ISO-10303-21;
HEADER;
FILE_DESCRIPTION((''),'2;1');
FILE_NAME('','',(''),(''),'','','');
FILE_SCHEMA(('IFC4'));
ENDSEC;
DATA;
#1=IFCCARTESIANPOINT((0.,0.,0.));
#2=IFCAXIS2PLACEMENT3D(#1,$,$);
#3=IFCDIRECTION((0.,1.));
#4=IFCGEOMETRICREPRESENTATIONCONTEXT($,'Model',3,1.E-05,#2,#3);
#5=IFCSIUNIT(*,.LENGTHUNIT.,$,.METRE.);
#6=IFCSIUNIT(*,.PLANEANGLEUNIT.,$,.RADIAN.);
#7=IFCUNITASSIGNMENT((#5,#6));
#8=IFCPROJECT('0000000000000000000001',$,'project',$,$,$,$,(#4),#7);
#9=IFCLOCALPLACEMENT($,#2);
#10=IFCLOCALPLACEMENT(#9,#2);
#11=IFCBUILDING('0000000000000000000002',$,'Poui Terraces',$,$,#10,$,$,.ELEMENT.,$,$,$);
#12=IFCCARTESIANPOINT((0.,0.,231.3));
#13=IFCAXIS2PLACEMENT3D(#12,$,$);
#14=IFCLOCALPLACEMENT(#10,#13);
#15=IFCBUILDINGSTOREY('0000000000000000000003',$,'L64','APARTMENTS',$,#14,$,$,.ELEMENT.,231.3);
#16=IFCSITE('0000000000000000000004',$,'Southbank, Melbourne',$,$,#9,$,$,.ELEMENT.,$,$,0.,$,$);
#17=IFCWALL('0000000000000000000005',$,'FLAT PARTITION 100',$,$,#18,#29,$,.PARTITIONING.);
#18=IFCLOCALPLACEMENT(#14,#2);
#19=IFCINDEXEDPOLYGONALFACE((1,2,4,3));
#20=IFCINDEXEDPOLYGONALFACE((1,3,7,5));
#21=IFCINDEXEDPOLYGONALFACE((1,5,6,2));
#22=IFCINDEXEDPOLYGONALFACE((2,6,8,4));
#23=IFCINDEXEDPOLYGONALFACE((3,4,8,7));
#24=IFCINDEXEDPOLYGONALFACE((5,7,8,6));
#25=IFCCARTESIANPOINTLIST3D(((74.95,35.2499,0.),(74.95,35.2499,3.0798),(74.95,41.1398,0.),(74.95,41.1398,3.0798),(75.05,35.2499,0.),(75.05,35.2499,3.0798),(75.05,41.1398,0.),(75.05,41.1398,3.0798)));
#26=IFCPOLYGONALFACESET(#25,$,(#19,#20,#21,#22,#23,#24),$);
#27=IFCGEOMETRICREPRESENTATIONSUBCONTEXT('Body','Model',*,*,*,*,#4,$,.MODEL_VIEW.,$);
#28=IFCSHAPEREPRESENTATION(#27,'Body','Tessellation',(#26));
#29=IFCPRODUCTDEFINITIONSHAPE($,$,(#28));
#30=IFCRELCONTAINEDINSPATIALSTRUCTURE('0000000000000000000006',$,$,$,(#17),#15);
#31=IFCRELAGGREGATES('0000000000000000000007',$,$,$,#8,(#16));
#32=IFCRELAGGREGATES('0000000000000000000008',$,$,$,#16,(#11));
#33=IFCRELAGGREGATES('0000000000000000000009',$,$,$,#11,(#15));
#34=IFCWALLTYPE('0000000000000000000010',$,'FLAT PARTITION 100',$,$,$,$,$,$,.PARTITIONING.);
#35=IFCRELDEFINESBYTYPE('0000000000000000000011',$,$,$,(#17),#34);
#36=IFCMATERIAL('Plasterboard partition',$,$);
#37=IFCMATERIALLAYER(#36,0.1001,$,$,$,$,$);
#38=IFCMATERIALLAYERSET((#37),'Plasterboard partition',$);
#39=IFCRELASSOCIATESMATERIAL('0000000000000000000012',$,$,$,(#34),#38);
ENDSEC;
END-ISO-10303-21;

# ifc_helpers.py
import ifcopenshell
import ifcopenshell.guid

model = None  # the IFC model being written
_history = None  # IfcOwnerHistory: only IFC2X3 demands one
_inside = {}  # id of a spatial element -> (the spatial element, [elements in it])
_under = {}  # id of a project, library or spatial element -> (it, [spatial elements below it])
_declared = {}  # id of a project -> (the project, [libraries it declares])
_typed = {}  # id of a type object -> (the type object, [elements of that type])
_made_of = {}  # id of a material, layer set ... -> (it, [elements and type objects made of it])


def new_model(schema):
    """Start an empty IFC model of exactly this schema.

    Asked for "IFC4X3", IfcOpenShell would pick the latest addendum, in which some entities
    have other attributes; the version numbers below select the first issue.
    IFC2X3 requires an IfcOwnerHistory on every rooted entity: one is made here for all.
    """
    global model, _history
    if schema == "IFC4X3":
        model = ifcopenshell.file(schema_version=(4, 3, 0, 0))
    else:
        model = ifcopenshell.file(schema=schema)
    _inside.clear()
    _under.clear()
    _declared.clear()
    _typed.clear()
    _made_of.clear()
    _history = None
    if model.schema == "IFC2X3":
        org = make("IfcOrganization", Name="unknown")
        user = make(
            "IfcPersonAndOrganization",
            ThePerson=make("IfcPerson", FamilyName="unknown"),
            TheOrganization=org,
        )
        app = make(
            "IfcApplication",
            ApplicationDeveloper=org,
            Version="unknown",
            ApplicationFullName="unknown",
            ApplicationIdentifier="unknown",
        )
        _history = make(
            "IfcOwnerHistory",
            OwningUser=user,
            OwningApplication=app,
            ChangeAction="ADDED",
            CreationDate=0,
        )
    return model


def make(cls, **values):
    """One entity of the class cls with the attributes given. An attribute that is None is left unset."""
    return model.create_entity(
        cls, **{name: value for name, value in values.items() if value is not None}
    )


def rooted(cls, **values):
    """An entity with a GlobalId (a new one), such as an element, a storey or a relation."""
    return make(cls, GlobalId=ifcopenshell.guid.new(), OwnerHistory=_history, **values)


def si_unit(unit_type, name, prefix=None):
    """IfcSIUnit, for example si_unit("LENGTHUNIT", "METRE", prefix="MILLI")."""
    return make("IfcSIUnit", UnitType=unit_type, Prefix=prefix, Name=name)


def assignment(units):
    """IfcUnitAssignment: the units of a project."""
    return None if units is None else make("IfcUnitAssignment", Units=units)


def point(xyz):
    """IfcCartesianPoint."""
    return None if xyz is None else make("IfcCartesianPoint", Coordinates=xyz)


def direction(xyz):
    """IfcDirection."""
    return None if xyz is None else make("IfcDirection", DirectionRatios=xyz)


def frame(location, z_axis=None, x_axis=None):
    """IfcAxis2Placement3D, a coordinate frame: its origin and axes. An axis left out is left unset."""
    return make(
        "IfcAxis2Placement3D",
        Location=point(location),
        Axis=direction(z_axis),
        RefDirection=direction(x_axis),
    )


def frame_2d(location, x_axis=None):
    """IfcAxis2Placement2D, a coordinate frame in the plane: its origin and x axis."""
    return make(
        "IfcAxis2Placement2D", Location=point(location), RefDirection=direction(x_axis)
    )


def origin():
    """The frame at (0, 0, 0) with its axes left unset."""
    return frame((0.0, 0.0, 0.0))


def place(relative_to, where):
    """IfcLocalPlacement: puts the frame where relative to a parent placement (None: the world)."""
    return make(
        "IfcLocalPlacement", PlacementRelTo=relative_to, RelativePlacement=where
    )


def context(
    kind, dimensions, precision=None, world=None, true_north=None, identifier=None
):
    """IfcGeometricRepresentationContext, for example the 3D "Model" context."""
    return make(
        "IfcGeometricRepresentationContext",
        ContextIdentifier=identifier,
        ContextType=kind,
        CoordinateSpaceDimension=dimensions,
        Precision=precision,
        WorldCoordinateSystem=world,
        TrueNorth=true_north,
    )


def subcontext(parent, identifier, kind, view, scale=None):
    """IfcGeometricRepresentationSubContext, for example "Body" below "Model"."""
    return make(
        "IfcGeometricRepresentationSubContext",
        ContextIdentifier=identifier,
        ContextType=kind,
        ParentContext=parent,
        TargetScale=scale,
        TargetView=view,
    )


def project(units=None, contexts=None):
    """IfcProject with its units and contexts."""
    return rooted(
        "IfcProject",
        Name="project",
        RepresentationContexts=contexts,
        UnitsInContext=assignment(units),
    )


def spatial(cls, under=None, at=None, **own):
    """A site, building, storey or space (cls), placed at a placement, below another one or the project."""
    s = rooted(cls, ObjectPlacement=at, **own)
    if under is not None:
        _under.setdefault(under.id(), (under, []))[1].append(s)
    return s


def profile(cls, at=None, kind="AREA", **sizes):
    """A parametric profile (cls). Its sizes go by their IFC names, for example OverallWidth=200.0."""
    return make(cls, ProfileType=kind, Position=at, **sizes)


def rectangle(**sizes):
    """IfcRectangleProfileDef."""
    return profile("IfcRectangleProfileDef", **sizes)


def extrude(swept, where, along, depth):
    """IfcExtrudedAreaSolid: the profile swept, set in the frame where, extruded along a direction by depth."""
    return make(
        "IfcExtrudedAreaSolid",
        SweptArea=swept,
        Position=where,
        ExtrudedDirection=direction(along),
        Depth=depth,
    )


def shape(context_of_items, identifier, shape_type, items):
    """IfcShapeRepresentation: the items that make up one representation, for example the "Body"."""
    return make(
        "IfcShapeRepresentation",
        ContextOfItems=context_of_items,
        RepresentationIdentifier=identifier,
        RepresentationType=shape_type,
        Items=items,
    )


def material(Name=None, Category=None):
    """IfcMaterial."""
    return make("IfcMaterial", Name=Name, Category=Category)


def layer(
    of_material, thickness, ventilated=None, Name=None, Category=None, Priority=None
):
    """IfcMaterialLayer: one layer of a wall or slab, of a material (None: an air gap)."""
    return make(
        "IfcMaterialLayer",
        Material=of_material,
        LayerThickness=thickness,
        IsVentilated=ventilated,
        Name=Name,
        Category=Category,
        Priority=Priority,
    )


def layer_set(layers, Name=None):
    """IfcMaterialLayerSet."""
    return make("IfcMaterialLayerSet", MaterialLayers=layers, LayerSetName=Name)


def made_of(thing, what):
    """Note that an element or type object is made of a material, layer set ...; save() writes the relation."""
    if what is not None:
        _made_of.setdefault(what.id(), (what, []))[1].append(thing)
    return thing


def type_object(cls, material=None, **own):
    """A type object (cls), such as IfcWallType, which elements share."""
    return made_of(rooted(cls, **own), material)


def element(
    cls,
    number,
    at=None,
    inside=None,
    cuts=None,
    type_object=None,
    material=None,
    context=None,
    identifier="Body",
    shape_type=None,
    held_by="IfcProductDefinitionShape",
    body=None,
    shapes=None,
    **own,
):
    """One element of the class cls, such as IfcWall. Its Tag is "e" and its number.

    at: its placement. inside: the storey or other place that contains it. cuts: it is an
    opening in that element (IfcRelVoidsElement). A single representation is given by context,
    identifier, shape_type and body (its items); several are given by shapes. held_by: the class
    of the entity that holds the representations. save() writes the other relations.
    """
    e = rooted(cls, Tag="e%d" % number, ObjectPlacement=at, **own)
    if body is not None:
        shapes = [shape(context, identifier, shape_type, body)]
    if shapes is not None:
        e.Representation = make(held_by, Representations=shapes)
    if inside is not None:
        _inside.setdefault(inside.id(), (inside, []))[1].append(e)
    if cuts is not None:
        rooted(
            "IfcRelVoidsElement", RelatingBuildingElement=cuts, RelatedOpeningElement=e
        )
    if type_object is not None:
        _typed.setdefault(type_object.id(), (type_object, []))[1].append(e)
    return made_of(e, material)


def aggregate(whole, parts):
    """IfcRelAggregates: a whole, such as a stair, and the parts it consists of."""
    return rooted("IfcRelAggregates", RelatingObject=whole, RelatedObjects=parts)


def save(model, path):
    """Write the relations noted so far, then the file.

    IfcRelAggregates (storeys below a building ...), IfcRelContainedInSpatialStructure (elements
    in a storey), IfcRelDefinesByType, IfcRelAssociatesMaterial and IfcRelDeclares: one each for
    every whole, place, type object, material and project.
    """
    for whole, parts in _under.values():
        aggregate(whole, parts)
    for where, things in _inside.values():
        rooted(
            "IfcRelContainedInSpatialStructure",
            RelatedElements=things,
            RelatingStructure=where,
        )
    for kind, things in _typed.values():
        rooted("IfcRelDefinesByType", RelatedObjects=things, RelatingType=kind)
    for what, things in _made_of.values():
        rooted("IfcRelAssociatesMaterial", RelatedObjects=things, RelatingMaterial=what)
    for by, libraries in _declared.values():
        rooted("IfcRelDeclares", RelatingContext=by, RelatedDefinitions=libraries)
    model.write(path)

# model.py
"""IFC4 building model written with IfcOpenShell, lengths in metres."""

from ifc_helpers import new_model, si_unit, direction, frame, frame_2d, origin, place, context, subcontext, project, spatial, rectangle, extrude, material, layer, layer_set, type_object, element, save


model = new_model("IFC4")

# Units and contexts
model_context = context("Model", 3, precision=1e-05, world=origin(), true_north=direction((0.0, 1.0)))
body_context = subcontext(model_context, "Body", "Model", "MODEL_VIEW")
ifc_project = project(units=[si_unit("LENGTHUNIT", "METRE"), si_unit("PLANEANGLEUNIT", "RADIAN")], contexts=[model_context])

# Site, building, storey
site_placement = place(None, origin())
site = spatial("IfcSite", under=ifc_project, at=site_placement, Name="Southbank, Melbourne", CompositionType="ELEMENT", RefElevation=0.0)
building_placement = place(site_placement, origin())
building = spatial("IfcBuilding", under=site, at=building_placement, Name="Poui Terraces", CompositionType="ELEMENT")
storey_placement = place(building_placement, frame((0.0, 0.0, 231.3)))
storey = spatial("IfcBuildingStorey", under=building, at=storey_placement, Name="L64", Description="APARTMENTS", CompositionType="ELEMENT", Elevation=231.3)

# Wall
ifc_material_1 = material(Name="Plasterboard partition")
ifc_layer_1 = layer(ifc_material_1, 0.1001)
ifc_layer_set_1 = layer_set([ifc_layer_1], Name="Plasterboard partition")
wall_type_1 = type_object("IfcWallType", Name="FLAT PARTITION 100", PredefinedType="PARTITIONING", material=ifc_layer_set_1)
wall_1_placement = place(storey_placement, frame((75.0, 35.25, 0.0), z_axis=(0.0, 0.0, 1.0), x_axis=(0.0, 1.0, 0.0)))
element("IfcWall", 1, at=wall_1_placement, inside=storey, type_object=wall_type_1, Name="FLAT PARTITION 100", PredefinedType="PARTITIONING", context=body_context, shape_type="SweptSolid", body=[
    extrude(rectangle(XDim=5.8899, YDim=0.1001, at=frame_2d((2.9448, 0.0))), origin(), (0.0, 0.0, 1.0), 3.0798),
])

save(model, "model.ifc")
